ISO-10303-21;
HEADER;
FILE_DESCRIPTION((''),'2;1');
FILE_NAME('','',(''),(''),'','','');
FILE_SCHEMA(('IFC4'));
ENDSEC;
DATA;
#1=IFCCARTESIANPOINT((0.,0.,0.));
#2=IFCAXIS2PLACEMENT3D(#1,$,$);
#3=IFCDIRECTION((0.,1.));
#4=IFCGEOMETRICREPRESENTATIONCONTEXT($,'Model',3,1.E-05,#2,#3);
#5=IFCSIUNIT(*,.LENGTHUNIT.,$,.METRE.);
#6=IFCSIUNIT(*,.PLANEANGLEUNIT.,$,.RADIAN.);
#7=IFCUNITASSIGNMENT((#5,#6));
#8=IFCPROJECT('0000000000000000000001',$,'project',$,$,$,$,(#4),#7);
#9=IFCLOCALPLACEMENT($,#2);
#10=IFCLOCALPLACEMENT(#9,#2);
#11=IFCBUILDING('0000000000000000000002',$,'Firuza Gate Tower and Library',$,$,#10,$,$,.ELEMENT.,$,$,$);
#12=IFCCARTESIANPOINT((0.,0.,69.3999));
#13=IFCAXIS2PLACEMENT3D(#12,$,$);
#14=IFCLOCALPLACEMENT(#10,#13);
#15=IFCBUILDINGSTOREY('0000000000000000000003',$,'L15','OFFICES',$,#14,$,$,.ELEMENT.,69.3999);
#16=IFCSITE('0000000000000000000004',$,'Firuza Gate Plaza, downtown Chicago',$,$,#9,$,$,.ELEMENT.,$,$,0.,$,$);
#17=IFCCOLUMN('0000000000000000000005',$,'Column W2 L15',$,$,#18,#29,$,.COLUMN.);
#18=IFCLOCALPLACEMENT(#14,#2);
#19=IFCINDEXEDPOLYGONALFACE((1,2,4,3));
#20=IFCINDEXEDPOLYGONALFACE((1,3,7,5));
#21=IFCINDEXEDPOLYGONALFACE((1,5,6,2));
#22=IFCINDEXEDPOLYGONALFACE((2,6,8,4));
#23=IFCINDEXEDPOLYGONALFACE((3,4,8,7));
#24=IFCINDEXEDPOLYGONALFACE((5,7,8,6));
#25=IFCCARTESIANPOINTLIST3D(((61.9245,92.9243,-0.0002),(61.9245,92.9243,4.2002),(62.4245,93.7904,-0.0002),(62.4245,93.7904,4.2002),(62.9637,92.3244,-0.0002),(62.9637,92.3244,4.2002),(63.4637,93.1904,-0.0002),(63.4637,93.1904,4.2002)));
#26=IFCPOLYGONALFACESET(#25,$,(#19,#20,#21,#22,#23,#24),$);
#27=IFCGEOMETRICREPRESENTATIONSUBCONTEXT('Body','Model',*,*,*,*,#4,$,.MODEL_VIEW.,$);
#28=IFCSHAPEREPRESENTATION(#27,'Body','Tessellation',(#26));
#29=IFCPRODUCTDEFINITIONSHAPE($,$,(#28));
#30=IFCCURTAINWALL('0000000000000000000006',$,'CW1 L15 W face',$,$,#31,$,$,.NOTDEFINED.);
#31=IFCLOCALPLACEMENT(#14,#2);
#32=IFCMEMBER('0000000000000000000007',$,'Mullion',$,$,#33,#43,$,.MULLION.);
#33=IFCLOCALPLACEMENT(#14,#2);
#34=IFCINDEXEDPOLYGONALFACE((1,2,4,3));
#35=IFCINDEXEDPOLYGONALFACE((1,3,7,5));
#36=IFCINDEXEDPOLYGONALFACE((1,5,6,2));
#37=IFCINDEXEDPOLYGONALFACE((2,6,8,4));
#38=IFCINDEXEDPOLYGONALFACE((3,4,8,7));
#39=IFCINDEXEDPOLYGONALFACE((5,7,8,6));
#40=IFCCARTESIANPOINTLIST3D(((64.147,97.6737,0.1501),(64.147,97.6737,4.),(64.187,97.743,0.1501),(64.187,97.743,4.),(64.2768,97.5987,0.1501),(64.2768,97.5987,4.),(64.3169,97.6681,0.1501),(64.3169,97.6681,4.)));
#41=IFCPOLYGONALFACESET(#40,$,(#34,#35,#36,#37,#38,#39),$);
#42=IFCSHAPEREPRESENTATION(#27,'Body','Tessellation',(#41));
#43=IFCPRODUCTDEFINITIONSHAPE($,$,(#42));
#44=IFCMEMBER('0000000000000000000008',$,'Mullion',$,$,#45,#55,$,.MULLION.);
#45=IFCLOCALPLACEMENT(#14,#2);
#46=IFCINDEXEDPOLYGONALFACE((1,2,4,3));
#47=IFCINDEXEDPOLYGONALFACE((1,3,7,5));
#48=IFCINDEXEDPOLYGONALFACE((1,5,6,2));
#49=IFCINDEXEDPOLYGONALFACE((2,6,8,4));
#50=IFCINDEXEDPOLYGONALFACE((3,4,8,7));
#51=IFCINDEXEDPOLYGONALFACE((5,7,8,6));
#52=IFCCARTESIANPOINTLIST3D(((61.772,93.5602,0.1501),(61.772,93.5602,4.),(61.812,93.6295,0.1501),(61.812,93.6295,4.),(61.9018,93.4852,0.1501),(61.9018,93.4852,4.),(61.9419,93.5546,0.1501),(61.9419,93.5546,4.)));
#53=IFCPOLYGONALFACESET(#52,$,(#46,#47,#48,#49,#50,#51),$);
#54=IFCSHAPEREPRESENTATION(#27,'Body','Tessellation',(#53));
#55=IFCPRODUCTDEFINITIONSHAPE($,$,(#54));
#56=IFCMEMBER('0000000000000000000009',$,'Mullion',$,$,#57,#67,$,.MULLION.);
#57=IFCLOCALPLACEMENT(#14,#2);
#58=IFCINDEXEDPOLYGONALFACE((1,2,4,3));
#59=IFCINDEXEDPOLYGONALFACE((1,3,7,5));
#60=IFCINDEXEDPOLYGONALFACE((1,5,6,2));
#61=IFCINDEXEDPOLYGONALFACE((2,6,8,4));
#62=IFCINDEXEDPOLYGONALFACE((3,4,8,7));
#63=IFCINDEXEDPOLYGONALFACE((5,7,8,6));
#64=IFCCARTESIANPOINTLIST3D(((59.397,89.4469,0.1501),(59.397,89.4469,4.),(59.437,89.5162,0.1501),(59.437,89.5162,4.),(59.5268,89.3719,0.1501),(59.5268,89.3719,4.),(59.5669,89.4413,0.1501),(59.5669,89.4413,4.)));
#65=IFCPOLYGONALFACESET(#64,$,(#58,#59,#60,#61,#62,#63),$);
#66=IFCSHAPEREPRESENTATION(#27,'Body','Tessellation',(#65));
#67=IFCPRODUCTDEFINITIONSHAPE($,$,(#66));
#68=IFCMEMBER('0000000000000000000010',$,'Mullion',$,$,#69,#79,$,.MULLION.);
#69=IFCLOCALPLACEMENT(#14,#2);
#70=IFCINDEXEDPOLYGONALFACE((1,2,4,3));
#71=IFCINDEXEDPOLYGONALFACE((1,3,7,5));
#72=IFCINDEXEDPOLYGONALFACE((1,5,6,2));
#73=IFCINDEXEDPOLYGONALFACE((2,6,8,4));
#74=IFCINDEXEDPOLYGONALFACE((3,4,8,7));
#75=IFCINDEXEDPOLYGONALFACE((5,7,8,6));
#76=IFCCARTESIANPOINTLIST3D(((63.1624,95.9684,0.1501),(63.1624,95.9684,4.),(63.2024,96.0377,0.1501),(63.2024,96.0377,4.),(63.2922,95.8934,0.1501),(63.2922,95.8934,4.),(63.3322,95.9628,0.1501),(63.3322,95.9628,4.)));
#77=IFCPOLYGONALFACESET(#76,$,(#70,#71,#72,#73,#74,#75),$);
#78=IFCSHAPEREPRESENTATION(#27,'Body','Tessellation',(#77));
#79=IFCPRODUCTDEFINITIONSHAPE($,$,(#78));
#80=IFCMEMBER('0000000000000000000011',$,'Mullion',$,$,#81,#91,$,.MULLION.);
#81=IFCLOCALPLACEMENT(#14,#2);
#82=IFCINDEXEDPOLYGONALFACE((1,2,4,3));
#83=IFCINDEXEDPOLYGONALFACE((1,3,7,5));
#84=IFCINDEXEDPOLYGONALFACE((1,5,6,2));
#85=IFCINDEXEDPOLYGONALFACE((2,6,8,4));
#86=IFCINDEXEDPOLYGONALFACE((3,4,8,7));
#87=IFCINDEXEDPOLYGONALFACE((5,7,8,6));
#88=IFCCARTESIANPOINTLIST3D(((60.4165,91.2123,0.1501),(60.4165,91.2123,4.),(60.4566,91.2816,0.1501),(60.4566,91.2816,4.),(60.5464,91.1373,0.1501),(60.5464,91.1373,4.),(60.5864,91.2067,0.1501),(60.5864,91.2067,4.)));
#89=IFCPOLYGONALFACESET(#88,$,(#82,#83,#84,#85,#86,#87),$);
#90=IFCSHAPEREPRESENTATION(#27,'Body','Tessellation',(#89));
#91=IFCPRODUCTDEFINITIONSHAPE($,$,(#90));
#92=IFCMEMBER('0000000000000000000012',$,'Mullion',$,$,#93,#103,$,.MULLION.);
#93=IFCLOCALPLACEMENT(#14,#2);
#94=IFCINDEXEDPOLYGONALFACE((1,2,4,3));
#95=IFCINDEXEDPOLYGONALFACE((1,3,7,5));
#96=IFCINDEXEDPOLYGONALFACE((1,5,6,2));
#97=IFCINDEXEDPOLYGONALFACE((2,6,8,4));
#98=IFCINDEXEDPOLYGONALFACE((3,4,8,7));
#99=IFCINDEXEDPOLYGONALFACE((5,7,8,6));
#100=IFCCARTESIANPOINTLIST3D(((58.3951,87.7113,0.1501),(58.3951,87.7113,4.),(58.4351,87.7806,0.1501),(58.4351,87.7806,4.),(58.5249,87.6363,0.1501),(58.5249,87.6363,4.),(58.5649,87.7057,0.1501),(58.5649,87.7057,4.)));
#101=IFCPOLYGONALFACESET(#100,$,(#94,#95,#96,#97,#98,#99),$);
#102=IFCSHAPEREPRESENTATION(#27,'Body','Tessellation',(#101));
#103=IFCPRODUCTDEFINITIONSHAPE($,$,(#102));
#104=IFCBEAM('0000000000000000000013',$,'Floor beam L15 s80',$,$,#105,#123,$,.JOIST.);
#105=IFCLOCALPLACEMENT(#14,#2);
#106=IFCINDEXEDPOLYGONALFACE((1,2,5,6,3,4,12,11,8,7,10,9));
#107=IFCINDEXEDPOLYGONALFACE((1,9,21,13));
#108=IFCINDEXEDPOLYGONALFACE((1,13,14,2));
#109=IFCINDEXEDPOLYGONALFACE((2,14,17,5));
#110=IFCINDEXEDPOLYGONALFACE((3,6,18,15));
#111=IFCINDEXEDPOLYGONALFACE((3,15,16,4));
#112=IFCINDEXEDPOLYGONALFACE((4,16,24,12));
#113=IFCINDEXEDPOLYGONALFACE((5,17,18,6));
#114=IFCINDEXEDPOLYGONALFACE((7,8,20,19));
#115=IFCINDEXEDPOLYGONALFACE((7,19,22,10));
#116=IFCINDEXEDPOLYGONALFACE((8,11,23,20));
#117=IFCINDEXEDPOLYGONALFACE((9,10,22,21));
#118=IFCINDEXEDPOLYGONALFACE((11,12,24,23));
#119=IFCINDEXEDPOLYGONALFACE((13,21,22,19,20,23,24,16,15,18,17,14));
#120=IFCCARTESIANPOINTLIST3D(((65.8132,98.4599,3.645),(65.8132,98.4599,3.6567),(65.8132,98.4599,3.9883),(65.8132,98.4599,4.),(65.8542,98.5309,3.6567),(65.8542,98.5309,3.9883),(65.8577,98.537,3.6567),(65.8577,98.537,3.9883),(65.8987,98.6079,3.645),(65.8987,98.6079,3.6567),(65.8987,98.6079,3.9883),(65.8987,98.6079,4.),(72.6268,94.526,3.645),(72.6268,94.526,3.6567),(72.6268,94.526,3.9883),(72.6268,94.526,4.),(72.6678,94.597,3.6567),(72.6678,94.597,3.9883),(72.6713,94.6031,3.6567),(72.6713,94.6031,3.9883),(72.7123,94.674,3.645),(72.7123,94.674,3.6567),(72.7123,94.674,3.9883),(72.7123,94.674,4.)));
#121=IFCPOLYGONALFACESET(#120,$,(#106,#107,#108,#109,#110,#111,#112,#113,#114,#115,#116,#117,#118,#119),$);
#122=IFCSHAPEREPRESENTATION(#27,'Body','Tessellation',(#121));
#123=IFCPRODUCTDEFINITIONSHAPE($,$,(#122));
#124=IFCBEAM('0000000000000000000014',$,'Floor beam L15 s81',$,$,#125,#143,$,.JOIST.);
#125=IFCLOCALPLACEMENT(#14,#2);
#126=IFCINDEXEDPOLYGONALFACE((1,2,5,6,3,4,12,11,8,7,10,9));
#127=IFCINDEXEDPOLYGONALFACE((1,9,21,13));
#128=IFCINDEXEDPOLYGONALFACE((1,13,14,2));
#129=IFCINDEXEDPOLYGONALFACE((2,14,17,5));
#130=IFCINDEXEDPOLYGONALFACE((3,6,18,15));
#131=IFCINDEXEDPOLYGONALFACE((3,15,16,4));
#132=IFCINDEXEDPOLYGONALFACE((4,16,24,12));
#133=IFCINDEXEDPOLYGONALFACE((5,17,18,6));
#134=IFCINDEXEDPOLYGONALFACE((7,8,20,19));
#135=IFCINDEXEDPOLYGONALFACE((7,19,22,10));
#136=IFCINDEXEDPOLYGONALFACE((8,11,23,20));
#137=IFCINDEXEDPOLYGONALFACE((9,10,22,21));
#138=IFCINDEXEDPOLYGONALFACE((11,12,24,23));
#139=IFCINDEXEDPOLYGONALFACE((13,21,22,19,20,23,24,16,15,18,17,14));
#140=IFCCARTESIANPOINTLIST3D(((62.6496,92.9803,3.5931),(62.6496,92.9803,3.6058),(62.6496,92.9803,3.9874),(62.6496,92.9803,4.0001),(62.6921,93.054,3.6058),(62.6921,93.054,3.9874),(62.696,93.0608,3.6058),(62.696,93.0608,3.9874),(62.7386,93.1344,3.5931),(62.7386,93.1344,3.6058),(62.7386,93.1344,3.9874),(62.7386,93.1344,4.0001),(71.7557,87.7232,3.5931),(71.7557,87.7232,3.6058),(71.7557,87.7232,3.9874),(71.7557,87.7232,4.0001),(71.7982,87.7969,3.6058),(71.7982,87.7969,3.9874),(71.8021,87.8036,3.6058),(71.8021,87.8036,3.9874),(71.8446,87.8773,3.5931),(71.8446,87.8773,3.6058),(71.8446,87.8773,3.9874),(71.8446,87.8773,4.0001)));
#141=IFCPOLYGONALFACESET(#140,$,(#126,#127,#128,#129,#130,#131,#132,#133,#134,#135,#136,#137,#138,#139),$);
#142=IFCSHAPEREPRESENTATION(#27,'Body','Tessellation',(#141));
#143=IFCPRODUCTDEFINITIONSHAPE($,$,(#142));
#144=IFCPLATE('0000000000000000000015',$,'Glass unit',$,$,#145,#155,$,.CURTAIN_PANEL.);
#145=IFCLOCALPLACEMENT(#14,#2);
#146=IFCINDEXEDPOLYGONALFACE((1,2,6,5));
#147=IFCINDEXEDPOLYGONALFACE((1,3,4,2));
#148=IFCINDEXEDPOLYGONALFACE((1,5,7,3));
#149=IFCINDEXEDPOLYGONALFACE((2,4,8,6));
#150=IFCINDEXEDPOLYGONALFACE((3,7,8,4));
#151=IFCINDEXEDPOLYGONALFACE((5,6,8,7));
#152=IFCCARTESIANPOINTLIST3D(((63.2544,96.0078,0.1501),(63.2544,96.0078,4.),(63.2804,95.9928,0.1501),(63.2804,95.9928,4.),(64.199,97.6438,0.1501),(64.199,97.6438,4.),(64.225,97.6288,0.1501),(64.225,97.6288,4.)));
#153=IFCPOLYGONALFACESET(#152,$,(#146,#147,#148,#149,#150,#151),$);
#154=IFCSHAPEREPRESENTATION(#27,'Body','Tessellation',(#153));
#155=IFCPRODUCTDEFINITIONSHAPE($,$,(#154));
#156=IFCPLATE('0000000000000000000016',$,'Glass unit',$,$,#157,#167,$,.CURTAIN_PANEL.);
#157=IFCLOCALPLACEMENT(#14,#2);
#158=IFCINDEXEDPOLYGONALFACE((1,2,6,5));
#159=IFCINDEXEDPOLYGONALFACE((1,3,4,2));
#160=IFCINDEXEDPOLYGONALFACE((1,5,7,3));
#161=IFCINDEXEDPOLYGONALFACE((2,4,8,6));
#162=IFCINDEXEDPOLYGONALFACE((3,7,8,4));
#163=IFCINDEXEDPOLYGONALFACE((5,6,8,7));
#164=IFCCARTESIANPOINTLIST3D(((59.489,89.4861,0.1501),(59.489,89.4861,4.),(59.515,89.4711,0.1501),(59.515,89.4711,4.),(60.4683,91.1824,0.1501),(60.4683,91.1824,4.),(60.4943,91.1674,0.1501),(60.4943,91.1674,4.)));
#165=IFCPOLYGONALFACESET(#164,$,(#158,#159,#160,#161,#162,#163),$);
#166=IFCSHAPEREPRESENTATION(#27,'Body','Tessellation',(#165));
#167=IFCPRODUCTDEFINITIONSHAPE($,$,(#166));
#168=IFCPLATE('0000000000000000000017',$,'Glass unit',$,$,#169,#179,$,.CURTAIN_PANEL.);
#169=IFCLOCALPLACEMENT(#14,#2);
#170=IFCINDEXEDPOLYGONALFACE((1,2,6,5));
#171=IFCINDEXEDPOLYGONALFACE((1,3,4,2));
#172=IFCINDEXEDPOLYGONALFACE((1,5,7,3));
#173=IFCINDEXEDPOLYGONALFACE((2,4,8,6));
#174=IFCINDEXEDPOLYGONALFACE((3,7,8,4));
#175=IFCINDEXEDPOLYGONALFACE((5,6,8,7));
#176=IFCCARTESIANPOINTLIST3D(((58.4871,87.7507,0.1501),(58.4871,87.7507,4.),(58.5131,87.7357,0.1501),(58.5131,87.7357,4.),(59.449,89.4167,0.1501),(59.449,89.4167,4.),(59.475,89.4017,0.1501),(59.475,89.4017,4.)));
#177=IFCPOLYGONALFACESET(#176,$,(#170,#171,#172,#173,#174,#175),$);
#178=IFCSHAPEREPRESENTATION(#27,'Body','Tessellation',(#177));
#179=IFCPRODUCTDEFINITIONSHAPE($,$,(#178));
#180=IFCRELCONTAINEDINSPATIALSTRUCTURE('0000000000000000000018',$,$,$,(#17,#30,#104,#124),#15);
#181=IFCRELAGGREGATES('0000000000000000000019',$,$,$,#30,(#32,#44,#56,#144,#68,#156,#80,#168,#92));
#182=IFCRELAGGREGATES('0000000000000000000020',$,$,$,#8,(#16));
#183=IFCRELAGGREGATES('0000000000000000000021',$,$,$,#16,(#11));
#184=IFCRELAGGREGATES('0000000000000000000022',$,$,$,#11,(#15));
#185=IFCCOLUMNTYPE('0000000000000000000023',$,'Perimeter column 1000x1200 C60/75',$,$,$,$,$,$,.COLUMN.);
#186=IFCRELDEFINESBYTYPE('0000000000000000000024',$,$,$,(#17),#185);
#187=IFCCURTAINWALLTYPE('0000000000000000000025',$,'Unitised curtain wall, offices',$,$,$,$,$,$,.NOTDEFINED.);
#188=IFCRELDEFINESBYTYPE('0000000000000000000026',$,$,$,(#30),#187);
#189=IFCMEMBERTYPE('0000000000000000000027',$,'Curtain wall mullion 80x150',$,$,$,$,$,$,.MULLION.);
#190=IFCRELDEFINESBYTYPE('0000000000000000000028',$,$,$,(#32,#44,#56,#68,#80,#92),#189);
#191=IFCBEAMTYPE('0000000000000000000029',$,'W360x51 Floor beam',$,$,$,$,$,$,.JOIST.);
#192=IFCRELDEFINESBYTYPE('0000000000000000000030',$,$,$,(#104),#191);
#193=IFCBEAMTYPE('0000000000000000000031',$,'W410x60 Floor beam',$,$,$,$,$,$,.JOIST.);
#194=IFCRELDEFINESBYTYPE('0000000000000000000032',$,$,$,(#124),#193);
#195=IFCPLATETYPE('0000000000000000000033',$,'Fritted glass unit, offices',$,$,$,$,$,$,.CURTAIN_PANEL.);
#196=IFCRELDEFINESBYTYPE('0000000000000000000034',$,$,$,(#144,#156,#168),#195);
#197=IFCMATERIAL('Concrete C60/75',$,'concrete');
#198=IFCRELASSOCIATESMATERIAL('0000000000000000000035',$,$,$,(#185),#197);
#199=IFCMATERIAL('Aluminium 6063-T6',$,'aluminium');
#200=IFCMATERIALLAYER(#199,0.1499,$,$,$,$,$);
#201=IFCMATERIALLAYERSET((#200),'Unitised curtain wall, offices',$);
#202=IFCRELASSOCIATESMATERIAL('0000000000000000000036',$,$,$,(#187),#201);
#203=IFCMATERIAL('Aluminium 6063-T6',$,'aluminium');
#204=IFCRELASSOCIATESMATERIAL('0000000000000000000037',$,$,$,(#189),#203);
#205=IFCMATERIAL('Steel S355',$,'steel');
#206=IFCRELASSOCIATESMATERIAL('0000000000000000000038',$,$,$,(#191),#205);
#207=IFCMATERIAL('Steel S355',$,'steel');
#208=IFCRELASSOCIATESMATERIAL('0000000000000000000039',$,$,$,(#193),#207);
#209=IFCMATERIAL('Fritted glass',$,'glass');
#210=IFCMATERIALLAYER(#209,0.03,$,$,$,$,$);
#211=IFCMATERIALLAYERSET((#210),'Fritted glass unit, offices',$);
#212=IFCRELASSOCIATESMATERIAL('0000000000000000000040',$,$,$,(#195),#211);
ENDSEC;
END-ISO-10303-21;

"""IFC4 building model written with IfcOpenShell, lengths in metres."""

from ifc_helpers import new_model, si_unit, direction, frame, origin, origin_2d, place, context, subcontext, project, spatial, polyline, rectangle, i_section, outline, extrude, material, layer, layer_set, material_profile, profile_set, type_object, element, aggregate, save


model = new_model("IFC4")

# Units and contexts
model_context = context("Model", 3, precision=1e-05, world=origin(), true_north=direction((0.0, 1.0)))
body_context = subcontext(model_context, "Body", "Model", "MODEL_VIEW")
ifc_project = project(units=[si_unit("LENGTHUNIT", "METRE"), si_unit("PLANEANGLEUNIT", "RADIAN")], contexts=[model_context])

# Site, building, storey
site_placement = place(None, origin())
site = spatial("IfcSite", under=ifc_project, at=site_placement, Name="Firuza Gate Plaza, downtown Chicago", CompositionType="ELEMENT", RefElevation=0.0)
building_placement = place(site_placement, origin())
building = spatial("IfcBuilding", under=site, at=building_placement, Name="Firuza Gate Tower and Library", CompositionType="ELEMENT")
storey_placement = place(building_placement, frame((0.0, 0.0, 69.3999)))
storey = spatial("IfcBuildingStorey", under=building, at=storey_placement, Name="L15", Description="OFFICES", CompositionType="ELEMENT", Elevation=69.3999)

# Column
ifc_material_1 = material(Name="Concrete C60/75", Category="concrete")
ifc_material_profile_1 = material_profile(ifc_material_1, rectangle(XDim=1.0, YDim=1.2, at=origin_2d()))
ifc_profile_set_1 = profile_set([ifc_material_profile_1], Name="Concrete C60/75")
column_type = type_object("IfcColumnType", Name="Perimeter column 1000x1200 C60/75", PredefinedType="COLUMN", material=ifc_profile_set_1)
column_placement = place(storey_placement, frame((62.6941, 93.0574, -0.0002), z_axis=(0.0, 0.0, 1.0), x_axis=(-0.5, -0.866025, 0.0)))
element("IfcColumn", 1, at=column_placement, inside=storey, type_object=column_type, Name="Column W2 L15", PredefinedType="COLUMN", context=body_context, shape_type="SweptSolid", body=[
    extrude(rectangle(XDim=1.0, YDim=1.2, at=origin_2d()), origin(), (0.0, 0.0, 1.0), 4.2004),
])

# Curtain wall, members
ifc_material_2 = material(Name="Aluminium 6063-T6", Category="aluminium")
ifc_layer_1 = layer(ifc_material_2, 0.1499)
ifc_layer_set_1 = layer_set([ifc_layer_1], Name="Unitised curtain wall, offices")
curtain_wall_type = type_object("IfcCurtainWallType", Name="Unitised curtain wall, offices", PredefinedType="NOTDEFINED", material=ifc_layer_set_1)
placement = place(storey_placement, origin())
curtain_wall = element("IfcCurtainWall", 2, at=placement, inside=storey, type_object=curtain_wall_type, Name="CW1 L15 W face", PredefinedType="NOTDEFINED")
ifc_material_3 = material(Name="Aluminium 6063-T6", Category="aluminium")
ifc_material_profile_2 = material_profile(ifc_material_3, rectangle(XDim=0.1499, YDim=0.0801, at=origin_2d()))
ifc_profile_set_2 = profile_set([ifc_material_profile_2], Name="Aluminium 6063-T6")
member_type = type_object("IfcMemberType", Name="Curtain wall mullion 80x150", PredefinedType="MULLION", material=ifc_profile_set_2)
member_1_placement = place(storey_placement, frame((64.2319, 97.6709, 0.1501), z_axis=(0.0, 0.0, 1.0), x_axis=(0.866025, -0.5, 0.0)))
member_1 = element("IfcMember", 3, at=member_1_placement, type_object=member_type, Name="Mullion", PredefinedType="MULLION", context=body_context, shape_type="SweptSolid", body=[
    extrude(rectangle(XDim=0.1499, YDim=0.0801, at=origin_2d()), origin(), (0.0, 0.0, 1.0), 3.8499),
])
member_2_placement = place(storey_placement, frame((61.8569, 93.5574, 0.1501), z_axis=(0.0, 0.0, 1.0), x_axis=(0.866025, -0.5, 0.0)))
member_2 = element("IfcMember", 4, at=member_2_placement, type_object=member_type, Name="Mullion", PredefinedType="MULLION", context=body_context, shape_type="SweptSolid", body=[
    extrude(rectangle(XDim=0.1499, YDim=0.0801, at=origin_2d()), origin(), (0.0, 0.0, 1.0), 3.8499),
])
member_3_placement = place(storey_placement, frame((59.4819, 89.4441, 0.1501), z_axis=(0.0, 0.0, 1.0), x_axis=(0.866025, -0.5, 0.0)))
member_3 = element("IfcMember", 5, at=member_3_placement, type_object=member_type, Name="Mullion", PredefinedType="MULLION", context=body_context, shape_type="SweptSolid", body=[
    extrude(rectangle(XDim=0.1499, YDim=0.0801, at=origin_2d()), origin(), (0.0, 0.0, 1.0), 3.8499),
])
member_4_placement = place(storey_placement, frame((63.2473, 95.9656, 0.1501), z_axis=(0.0, 0.0, 1.0), x_axis=(0.866025, -0.5, 0.0)))
member_4 = element("IfcMember", 6, at=member_4_placement, type_object=member_type, Name="Mullion", PredefinedType="MULLION", context=body_context, shape_type="SweptSolid", body=[
    extrude(rectangle(XDim=0.1499, YDim=0.0801, at=origin_2d()), origin(), (0.0, 0.0, 1.0), 3.8499),
])
member_5_placement = place(storey_placement, frame((60.5015, 91.2095, 0.1501), z_axis=(0.0, 0.0, 1.0), x_axis=(0.866025, -0.5, 0.0)))
member_5 = element("IfcMember", 7, at=member_5_placement, type_object=member_type, Name="Mullion", PredefinedType="MULLION", context=body_context, shape_type="SweptSolid", body=[
    extrude(rectangle(XDim=0.1499, YDim=0.0801, at=origin_2d()), origin(), (0.0, 0.0, 1.0), 3.8499),
])
member_6_placement = place(storey_placement, frame((58.48, 87.7085, 0.1501), z_axis=(0.0, 0.0, 1.0), x_axis=(0.866025, -0.5, 0.0)))
member_6 = element("IfcMember", 8, at=member_6_placement, type_object=member_type, Name="Mullion", PredefinedType="MULLION", context=body_context, shape_type="SweptSolid", body=[
    extrude(rectangle(XDim=0.1499, YDim=0.0801, at=origin_2d()), origin(), (0.0, 0.0, 1.0), 3.8499),
])

# Beams
ifc_material_4 = material(Name="Steel S355", Category="steel")
ifc_material_profile_3 = material_profile(ifc_material_4, i_section(OverallWidth=0.1709, OverallDepth=0.355, WebThickness=0.0071, FlangeThickness=0.0117, at=origin_2d()))
ifc_profile_set_3 = profile_set([ifc_material_profile_3], Name="Steel S355")
beam_type_1 = type_object("IfcBeamType", Name="W360x51 Floor beam", PredefinedType="JOIST", material=ifc_profile_set_3)
beam_1_placement = place(storey_placement, frame((65.856, 98.5339, 3.8225), z_axis=(0.866021, -0.500007, 0.0), x_axis=(0.500007, 0.866021, 0.0)))
element("IfcBeam", 9, at=beam_1_placement, inside=storey, type_object=beam_type_1, Name="Floor beam L15 s80", PredefinedType="JOIST", context=body_context, shape_type="SweptSolid", body=[
    extrude(i_section(OverallWidth=0.1709, OverallDepth=0.355, WebThickness=0.0071, FlangeThickness=0.0117, at=origin_2d()), origin(), (0.0, 0.0, 1.0), 7.8677),
])
ifc_material_5 = material(Name="Steel S355", Category="steel")
ifc_material_profile_4 = material_profile(ifc_material_5, i_section(OverallWidth=0.178, OverallDepth=0.407, WebThickness=0.0078, FlangeThickness=0.0127, at=origin_2d()))
ifc_profile_set_4 = profile_set([ifc_material_profile_4], Name="Steel S355")
beam_type_2 = type_object("IfcBeamType", Name="W410x60 Floor beam", PredefinedType="JOIST", material=ifc_profile_set_4)
beam_2_placement = place(storey_placement, frame((62.6941, 93.0574, 3.7966), z_axis=(0.866036, -0.499982, 0.0), x_axis=(0.499982, 0.866036, 0.0)))
element("IfcBeam", 10, at=beam_2_placement, inside=storey, type_object=beam_type_2, Name="Floor beam L15 s81", PredefinedType="JOIST", context=body_context, shape_type="SweptSolid", body=[
    extrude(i_section(OverallWidth=0.178, OverallDepth=0.407, WebThickness=0.0078, FlangeThickness=0.0127, at=origin_2d()), origin(), (0.0, 0.0, 1.0), 10.5146),
])

# Plates
ifc_material_6 = material(Name="Fritted glass", Category="glass")
ifc_layer_2 = layer(ifc_material_6, 0.03)
ifc_layer_set_2 = layer_set([ifc_layer_2], Name="Fritted glass unit, offices")
plate_type_1 = type_object("IfcPlateType", Name="Fritted glass unit, offices", PredefinedType="CURTAIN_PANEL", material=ifc_layer_set_2)
plate_1_placement = place(storey_placement, frame((64.199, 97.6438, 0.1501), z_axis=(-0.866016, 0.500017, 0.0), x_axis=(-0.500017, -0.866016, 0.0)))
plate_1 = element("IfcPlate", 11, at=plate_1_placement, type_object=plate_type_1, Name="Glass unit", PredefinedType="CURTAIN_PANEL", context=body_context, shape_type="SweptSolid", body=[
    extrude(outline(polyline([(0.0, 0.0), (1.8891, 0.0), (1.8891, 3.8499), (0.0, 3.8499), (0.0, 0.0)])), origin(), (0.0, 0.0, -1.0), 0.03),
])
plate_2_placement = place(storey_placement, frame((60.4683, 91.1824, 0.1501), z_axis=(-0.866049, 0.49996, 0.0), x_axis=(-0.49996, -0.866049, 0.0)))
plate_2 = element("IfcPlate", 12, at=plate_2_placement, type_object=plate_type_1, Name="Glass unit", PredefinedType="CURTAIN_PANEL", context=body_context, shape_type="SweptSolid", body=[
    extrude(outline(polyline([(0.0, 0.0), (1.9587, 0.0), (1.9587, 3.8499), (0.0, 3.8499), (0.0, 0.0)])), origin(), (0.0, 0.0, -1.0), 0.03),
])
plate_3_placement = place(storey_placement, frame((59.449, 89.4167, 0.1501), z_axis=(-0.866017, 0.500015, 0.0), x_axis=(-0.500015, -0.866017, 0.0)))
plate_3 = element("IfcPlate", 13, at=plate_3_placement, type_object=plate_type_1, Name="Glass unit", PredefinedType="CURTAIN_PANEL", context=body_context, shape_type="SweptSolid", body=[
    extrude(outline(polyline([(0.0, 0.0), (1.9238, 0.0), (1.9238, 3.8499), (0.0, 3.8499), (0.0, 0.0)])), origin(), (0.0, 0.0, -1.0), 0.03),
])
aggregate(curtain_wall, [member_1, member_2, member_3, plate_1, member_4, plate_2, member_5, plate_3, member_6])

save(model, "model.ifc")
